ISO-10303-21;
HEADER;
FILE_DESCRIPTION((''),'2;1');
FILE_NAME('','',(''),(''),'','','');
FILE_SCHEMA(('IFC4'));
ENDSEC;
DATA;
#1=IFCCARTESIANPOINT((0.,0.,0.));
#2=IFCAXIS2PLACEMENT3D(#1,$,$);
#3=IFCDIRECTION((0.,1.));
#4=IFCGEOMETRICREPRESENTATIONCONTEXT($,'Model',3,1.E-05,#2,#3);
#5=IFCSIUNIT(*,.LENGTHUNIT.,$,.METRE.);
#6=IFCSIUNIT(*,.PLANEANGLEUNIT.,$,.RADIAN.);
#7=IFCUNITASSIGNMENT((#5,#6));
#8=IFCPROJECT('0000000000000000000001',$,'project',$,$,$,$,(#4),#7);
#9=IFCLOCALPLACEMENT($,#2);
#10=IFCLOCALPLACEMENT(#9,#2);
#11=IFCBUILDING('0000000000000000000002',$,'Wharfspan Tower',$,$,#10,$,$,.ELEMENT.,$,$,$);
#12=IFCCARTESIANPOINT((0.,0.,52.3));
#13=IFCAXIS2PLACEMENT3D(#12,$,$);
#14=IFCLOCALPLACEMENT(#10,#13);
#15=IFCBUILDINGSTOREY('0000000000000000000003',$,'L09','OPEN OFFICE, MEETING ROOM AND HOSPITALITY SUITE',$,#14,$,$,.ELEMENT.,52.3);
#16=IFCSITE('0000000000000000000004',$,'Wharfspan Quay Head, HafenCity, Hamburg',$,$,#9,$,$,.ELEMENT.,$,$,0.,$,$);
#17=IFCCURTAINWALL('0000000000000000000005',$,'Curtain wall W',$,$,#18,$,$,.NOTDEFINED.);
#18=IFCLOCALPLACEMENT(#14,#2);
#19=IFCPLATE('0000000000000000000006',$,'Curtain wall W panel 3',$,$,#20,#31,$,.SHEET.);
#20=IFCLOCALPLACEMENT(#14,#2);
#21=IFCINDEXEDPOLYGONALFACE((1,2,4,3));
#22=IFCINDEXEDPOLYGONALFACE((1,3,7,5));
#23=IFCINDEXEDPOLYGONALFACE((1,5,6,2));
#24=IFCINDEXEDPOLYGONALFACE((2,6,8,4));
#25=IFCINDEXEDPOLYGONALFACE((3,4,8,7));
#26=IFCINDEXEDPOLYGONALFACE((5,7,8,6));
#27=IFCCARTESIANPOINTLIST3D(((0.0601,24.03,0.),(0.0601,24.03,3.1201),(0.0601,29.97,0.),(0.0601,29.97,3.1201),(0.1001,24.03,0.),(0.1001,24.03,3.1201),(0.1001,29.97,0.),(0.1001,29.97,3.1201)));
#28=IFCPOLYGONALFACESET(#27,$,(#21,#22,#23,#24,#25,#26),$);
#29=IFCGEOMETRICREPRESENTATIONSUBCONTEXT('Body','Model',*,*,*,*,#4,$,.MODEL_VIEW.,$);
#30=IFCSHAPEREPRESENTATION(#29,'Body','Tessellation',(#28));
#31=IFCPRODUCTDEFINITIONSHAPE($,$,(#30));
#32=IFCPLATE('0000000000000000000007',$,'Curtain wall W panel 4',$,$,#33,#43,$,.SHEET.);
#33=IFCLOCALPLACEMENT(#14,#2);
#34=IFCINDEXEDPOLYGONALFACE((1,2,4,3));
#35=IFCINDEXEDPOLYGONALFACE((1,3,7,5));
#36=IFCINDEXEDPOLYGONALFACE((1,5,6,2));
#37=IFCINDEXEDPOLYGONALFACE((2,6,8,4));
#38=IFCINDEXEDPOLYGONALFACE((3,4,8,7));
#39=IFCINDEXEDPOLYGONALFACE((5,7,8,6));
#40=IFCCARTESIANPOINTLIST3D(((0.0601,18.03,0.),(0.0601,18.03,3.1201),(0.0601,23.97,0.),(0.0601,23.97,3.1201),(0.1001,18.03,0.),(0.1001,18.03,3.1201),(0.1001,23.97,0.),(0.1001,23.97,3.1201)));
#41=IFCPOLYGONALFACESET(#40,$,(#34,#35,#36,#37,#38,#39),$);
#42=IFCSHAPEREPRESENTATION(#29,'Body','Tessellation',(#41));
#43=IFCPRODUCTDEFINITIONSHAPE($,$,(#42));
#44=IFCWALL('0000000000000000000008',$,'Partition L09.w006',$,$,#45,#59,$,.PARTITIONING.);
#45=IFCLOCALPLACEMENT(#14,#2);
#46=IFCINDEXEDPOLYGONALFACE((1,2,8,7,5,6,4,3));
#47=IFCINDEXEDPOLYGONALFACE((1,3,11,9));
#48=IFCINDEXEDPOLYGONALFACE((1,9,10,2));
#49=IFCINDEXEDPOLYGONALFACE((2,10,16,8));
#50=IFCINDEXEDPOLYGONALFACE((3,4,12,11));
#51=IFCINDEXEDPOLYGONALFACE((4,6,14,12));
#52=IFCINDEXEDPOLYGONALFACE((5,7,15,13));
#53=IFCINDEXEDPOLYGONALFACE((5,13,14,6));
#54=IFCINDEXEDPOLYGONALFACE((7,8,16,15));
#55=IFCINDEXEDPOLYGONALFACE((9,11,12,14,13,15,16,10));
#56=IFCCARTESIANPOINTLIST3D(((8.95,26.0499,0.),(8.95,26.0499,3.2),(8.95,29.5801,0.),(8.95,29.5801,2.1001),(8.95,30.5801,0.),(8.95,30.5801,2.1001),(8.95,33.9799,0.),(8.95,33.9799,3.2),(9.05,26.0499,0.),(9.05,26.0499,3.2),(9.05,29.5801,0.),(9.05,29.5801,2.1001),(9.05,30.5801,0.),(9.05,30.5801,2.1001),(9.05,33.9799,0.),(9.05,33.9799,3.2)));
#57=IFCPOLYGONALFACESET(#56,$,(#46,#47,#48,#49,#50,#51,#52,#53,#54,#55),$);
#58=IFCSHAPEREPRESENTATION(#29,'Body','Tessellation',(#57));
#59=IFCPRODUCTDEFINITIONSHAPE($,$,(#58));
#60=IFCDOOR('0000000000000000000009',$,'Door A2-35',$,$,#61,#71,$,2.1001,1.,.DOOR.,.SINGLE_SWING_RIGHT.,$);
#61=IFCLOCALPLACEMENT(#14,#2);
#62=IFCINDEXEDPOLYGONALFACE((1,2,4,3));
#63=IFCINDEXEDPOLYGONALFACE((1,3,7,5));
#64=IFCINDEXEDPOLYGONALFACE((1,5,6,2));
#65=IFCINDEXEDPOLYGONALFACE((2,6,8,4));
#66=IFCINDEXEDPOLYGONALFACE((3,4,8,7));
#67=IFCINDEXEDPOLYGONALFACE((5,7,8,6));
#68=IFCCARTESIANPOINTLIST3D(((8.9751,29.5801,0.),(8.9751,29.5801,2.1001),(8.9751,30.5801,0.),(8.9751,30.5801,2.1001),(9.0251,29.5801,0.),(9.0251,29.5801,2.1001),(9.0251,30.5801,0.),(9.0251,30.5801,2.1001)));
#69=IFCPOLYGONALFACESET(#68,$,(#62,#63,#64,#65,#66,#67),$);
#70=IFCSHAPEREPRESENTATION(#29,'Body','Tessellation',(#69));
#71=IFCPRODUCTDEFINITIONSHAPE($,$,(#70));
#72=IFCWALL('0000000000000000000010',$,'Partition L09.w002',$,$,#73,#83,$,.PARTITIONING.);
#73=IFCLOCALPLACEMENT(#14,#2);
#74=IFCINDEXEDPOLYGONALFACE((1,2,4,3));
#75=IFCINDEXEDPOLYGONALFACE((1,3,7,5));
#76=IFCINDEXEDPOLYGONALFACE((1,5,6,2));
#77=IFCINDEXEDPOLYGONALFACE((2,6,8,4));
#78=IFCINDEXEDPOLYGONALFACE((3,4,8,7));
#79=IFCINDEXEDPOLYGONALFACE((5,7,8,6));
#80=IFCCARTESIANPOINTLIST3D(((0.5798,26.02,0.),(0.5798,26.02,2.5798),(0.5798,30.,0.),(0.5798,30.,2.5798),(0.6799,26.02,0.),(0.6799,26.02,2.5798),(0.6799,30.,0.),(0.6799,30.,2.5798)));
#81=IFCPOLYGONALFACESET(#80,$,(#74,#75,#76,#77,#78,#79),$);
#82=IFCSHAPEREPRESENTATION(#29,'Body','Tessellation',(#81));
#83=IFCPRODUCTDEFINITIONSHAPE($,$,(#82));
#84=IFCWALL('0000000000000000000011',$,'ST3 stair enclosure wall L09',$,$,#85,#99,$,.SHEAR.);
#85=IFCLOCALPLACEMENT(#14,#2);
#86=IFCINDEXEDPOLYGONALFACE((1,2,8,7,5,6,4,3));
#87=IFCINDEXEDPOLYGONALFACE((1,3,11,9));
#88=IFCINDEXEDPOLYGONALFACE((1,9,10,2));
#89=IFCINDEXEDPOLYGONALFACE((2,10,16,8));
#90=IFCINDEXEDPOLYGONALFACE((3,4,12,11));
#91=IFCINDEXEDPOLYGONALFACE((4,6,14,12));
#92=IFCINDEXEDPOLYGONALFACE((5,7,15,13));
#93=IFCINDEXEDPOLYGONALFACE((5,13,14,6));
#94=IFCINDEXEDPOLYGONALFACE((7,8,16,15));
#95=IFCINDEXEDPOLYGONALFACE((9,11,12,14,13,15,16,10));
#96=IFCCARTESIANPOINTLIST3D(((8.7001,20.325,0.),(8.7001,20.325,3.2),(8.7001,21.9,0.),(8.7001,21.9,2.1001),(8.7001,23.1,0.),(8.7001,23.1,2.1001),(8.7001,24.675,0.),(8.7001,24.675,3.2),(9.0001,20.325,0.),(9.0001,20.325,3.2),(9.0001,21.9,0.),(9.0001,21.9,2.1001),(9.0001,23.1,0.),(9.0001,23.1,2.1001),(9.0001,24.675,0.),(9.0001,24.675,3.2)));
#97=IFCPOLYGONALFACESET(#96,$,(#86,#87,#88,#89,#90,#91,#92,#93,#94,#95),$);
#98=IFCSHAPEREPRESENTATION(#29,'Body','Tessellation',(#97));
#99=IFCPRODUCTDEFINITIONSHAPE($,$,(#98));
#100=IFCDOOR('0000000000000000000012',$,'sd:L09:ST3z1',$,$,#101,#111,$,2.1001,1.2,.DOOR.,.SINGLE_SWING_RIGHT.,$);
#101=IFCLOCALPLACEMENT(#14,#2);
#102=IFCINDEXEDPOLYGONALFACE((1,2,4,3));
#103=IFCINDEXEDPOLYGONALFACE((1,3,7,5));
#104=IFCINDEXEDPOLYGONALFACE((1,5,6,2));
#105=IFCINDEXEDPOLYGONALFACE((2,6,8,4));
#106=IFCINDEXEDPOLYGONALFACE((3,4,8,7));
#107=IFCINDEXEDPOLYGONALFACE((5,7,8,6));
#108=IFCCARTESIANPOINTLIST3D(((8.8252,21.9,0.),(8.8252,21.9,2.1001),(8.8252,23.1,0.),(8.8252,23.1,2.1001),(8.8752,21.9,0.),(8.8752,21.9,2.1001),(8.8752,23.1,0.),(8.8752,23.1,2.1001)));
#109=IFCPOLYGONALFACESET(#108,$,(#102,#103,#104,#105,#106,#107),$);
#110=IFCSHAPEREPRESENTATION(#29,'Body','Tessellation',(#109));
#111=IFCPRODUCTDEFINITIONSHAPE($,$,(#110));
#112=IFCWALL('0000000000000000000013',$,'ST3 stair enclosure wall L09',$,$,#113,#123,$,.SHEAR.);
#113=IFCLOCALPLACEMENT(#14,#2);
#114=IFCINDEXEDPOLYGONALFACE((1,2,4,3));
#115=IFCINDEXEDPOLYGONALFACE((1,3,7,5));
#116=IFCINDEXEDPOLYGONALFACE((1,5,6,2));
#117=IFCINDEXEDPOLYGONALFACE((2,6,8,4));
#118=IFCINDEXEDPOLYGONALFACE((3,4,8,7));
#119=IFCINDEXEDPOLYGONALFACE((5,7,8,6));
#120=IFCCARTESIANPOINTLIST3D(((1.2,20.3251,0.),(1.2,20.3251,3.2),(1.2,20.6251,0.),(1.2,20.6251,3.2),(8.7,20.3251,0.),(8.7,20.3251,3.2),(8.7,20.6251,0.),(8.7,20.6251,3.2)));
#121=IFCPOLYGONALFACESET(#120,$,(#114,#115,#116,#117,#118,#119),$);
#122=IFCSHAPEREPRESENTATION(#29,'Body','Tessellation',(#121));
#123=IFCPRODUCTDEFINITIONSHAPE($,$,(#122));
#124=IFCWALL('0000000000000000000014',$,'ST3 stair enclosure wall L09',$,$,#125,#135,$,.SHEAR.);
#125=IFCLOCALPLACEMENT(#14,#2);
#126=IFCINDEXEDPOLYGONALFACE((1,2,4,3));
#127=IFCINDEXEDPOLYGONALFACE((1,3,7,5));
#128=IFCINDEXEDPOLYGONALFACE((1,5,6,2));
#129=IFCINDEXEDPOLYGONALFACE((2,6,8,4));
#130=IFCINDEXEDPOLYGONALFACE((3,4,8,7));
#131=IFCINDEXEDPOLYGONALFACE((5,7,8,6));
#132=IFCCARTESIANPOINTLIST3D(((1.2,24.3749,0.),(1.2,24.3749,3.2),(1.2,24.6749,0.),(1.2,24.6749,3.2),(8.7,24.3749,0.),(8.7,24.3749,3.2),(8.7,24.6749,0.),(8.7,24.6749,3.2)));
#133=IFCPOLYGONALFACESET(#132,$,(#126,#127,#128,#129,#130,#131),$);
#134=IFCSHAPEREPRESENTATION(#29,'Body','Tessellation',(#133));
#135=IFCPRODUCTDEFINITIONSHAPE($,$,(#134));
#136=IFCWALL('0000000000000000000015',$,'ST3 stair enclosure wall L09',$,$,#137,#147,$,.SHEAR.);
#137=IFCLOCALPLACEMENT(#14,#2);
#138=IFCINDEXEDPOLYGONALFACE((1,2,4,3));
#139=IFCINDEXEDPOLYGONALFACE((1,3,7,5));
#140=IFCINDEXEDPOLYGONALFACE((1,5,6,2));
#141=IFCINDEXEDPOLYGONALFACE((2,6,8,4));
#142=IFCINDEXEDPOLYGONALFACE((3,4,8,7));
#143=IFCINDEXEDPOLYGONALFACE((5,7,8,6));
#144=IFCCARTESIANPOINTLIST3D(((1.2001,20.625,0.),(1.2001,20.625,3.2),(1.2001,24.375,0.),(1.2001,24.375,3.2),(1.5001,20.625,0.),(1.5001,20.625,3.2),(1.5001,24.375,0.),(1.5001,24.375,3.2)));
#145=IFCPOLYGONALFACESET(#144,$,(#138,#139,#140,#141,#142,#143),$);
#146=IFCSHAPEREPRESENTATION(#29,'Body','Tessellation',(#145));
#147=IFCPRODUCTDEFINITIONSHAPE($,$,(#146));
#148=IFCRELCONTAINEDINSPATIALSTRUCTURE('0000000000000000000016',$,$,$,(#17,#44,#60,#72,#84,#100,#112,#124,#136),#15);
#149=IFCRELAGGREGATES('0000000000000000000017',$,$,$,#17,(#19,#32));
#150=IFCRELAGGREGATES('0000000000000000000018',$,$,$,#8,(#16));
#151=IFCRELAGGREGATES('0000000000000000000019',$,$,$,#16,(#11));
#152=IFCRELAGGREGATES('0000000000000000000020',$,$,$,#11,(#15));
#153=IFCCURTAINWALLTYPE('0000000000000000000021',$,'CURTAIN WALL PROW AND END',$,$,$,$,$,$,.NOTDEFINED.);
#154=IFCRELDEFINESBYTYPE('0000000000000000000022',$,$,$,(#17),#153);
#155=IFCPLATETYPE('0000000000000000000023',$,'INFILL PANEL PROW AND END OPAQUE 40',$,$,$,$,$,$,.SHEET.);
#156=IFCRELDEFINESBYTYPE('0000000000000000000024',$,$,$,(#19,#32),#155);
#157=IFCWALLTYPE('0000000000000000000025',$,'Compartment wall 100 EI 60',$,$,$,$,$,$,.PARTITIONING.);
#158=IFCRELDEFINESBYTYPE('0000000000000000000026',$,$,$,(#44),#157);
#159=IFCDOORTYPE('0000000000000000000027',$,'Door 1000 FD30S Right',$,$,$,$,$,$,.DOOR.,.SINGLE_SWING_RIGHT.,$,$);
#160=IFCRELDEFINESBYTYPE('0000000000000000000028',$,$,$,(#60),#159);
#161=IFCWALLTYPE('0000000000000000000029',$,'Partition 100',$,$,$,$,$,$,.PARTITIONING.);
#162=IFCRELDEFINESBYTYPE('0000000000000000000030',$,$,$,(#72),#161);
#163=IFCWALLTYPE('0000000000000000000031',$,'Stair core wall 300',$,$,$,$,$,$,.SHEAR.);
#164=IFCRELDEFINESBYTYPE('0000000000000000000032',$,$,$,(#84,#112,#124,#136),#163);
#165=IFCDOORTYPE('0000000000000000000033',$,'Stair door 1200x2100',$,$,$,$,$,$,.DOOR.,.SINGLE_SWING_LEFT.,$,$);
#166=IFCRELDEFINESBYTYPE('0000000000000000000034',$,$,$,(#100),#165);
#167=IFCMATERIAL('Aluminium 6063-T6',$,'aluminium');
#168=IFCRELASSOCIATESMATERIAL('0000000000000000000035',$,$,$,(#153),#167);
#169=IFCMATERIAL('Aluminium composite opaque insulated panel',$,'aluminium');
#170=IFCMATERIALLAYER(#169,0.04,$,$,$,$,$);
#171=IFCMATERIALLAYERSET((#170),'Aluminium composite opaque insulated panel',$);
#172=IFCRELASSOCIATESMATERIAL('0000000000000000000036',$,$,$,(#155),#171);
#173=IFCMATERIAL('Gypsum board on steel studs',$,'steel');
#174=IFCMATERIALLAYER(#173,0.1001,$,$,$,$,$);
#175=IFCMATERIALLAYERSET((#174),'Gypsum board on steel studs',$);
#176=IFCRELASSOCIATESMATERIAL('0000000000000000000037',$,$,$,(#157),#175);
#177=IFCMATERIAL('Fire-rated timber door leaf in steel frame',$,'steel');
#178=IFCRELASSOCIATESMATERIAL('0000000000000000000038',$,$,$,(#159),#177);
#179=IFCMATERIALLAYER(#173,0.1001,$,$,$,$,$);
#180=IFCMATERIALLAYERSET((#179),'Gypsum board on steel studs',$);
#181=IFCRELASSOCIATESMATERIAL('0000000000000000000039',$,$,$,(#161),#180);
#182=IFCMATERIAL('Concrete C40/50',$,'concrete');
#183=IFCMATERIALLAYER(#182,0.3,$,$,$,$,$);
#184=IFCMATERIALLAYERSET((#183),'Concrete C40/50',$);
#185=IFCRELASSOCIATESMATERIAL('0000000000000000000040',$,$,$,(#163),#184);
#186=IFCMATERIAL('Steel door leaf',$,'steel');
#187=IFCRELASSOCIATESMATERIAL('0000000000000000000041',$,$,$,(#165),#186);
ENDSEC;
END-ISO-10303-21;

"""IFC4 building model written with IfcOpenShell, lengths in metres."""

from ifc_helpers import new_model, si_unit, direction, frame, frame_2d, origin, origin_2d, place, context, subcontext, project, spatial, rectangle, extrude, material, layer, layer_set, type_object, element, fill, aggregate, save


model = new_model("IFC4")

# Units and contexts
model_context = context("Model", 3, precision=1e-05, world=origin(), true_north=direction((0.0, 1.0)))
body_context = subcontext(model_context, "Body", "Model", "MODEL_VIEW")
ifc_project = project(units=[si_unit("LENGTHUNIT", "METRE"), si_unit("PLANEANGLEUNIT", "RADIAN")], contexts=[model_context])

# Site, building, storey
site_placement = place(None, origin())
site = spatial("IfcSite", under=ifc_project, at=site_placement, Name="Wharfspan Quay Head, HafenCity, Hamburg", CompositionType="ELEMENT", RefElevation=0.0)
building_placement = place(site_placement, origin())
building = spatial("IfcBuilding", under=site, at=building_placement, Name="Wharfspan Tower", CompositionType="ELEMENT")
storey_placement = place(building_placement, frame((0.0, 0.0, 52.3)))
storey = spatial("IfcBuildingStorey", under=building, at=storey_placement, Name="L09", Description="OPEN OFFICE, MEETING ROOM AND HOSPITALITY SUITE", CompositionType="ELEMENT", Elevation=52.3)

# Curtain wall
ifc_material_1 = material(Name="Aluminium 6063-T6", Category="aluminium")
curtain_wall_type = type_object("IfcCurtainWallType", Name="CURTAIN WALL PROW AND END", PredefinedType="NOTDEFINED", material=ifc_material_1)
curtain_wall_placement = place(storey_placement, origin())
curtain_wall = element("IfcCurtainWall", 1, at=curtain_wall_placement, inside=storey, type_object=curtain_wall_type, Name="Curtain wall W", PredefinedType="NOTDEFINED")

# Plates
ifc_material_2 = material(Name="Aluminium composite opaque insulated panel", Category="aluminium")
ifc_layer_1 = layer(ifc_material_2, 0.04)
ifc_layer_set_1 = layer_set([ifc_layer_1], Name="Aluminium composite opaque insulated panel")
plate_type = type_object("IfcPlateType", Name="INFILL PANEL PROW AND END OPAQUE 40", PredefinedType="SHEET", material=ifc_layer_set_1)
plate_1_placement = place(storey_placement, frame((0.0801, 27.0, 0.0), z_axis=(0.0, 0.0, 1.0), x_axis=(0.0, -1.0, 0.0)))
plate_1 = element("IfcPlate", 2, at=plate_1_placement, type_object=plate_type, Name="Curtain wall W panel 3", PredefinedType="SHEET", context=body_context, shape_type="SweptSolid", body=[
    extrude(rectangle(XDim=5.9399, YDim=0.04, at=origin_2d()), origin(), (0.0, 0.0, 1.0), 3.1201),
])
plate_2_placement = place(storey_placement, frame((0.0801, 21.0, 0.0), z_axis=(0.0, 0.0, 1.0), x_axis=(0.0, -1.0, 0.0)))
plate_2 = element("IfcPlate", 3, at=plate_2_placement, type_object=plate_type, Name="Curtain wall W panel 4", PredefinedType="SHEET", context=body_context, shape_type="SweptSolid", body=[
    extrude(rectangle(XDim=5.9399, YDim=0.04, at=origin_2d()), origin(), (0.0, 0.0, 1.0), 3.1201),
])
aggregate(curtain_wall, [plate_1, plate_2])

# Wall, opening, door
ifc_material_3 = material(Name="Gypsum board on steel studs", Category="steel")
ifc_layer_2 = layer(ifc_material_3, 0.1001)
ifc_layer_set_2 = layer_set([ifc_layer_2], Name="Gypsum board on steel studs")
wall_type_1 = type_object("IfcWallType", Name="Compartment wall 100 EI 60", PredefinedType="PARTITIONING", material=ifc_layer_set_2)
wall_1_placement = place(storey_placement, frame((9.0, 26.05, 0.0), z_axis=(0.0, 0.0, 1.0), x_axis=(0.0, 1.0, 0.0)))
wall_1 = element("IfcWall", 4, at=wall_1_placement, inside=storey, type_object=wall_type_1, Name="Partition L09.w006", PredefinedType="PARTITIONING", context=body_context, shape_type="SweptSolid", body=[
    extrude(rectangle(XDim=7.9299, YDim=0.1001, at=frame_2d((3.9648, 0.0))), origin(), (0.0, 0.0, 1.0), 3.2),
])
opening_1_placement = place(wall_1_placement, frame((3.53, 0.0, 0.0)))
opening_1 = element("IfcOpeningElement", 5, at=opening_1_placement, cuts=wall_1, PredefinedType="OPENING", context=body_context, shape_type="SweptSolid", body=[
    extrude(rectangle(XDim=1.0, YDim=2.1001, at=frame_2d((0.5, 1.05))), frame((0.0, 0.0601, 0.0), z_axis=(0.0, -1.0, 0.0), x_axis=(1.0, 0.0, 0.0)), (0.0, 0.0, 1.0), 0.1201),
])
ifc_material_4 = material(Name="Fire-rated timber door leaf in steel frame", Category="steel")
door_type_1 = type_object("IfcDoorType", Name="Door 1000 FD30S Right", OperationType="SINGLE_SWING_RIGHT", PredefinedType="DOOR", material=ifc_material_4)
door_1_placement = place(opening_1_placement, origin())
door_1 = element("IfcDoor", 6, at=door_1_placement, inside=storey, type_object=door_type_1, Name="Door A2-35", OperationType="SINGLE_SWING_RIGHT", OverallHeight=2.1001, OverallWidth=1.0, PredefinedType="DOOR", context=body_context, shape_type="SweptSolid", body=[
    extrude(rectangle(XDim=1.0, YDim=2.1001, at=frame_2d((0.5, 1.05))), frame((0.0, 0.0249, 0.0), z_axis=(0.0, -1.0, 0.0), x_axis=(1.0, 0.0, 0.0)), (0.0, 0.0, 1.0), 0.05),
])
fill(opening_1, door_1)

# Wall
ifc_layer_3 = layer(ifc_material_3, 0.1001)
ifc_layer_set_3 = layer_set([ifc_layer_3], Name="Gypsum board on steel studs")
wall_type_2 = type_object("IfcWallType", Name="Partition 100", PredefinedType="PARTITIONING", material=ifc_layer_set_3)
wall_2_placement = place(storey_placement, frame((0.6299, 26.02, 0.0), z_axis=(0.0, 0.0, 1.0), x_axis=(0.0, 1.0, 0.0)))
element("IfcWall", 7, at=wall_2_placement, inside=storey, type_object=wall_type_2, Name="Partition L09.w002", PredefinedType="PARTITIONING", context=body_context, shape_type="SweptSolid", body=[
    extrude(rectangle(XDim=3.98, YDim=0.1001, at=frame_2d((1.99, 0.0))), origin(), (0.0, 0.0, 1.0), 2.5798),
])

# Wall, opening, door
ifc_material_5 = material(Name="Concrete C40/50", Category="concrete")
ifc_layer_4 = layer(ifc_material_5, 0.3)
ifc_layer_set_4 = layer_set([ifc_layer_4], Name="Concrete C40/50")
wall_type_3 = type_object("IfcWallType", Name="Stair core wall 300", PredefinedType="SHEAR", material=ifc_layer_set_4)
wall_3_placement = place(storey_placement, frame((8.8501, 20.325, 0.0), z_axis=(0.0, 0.0, 1.0), x_axis=(0.0, 1.0, 0.0)))
wall_3 = element("IfcWall", 8, at=wall_3_placement, inside=storey, type_object=wall_type_3, Name="ST3 stair enclosure wall L09", PredefinedType="SHEAR", context=body_context, shape_type="SweptSolid", body=[
    extrude(rectangle(XDim=4.3501, YDim=0.3, at=frame_2d((2.175, 0.0))), origin(), (0.0, 0.0, 1.0), 3.2),
])
opening_2_placement = place(wall_3_placement, frame((1.575, 0.0, 0.0)))
opening_2 = element("IfcOpeningElement", 9, at=opening_2_placement, cuts=wall_3, PredefinedType="OPENING", context=body_context, shape_type="SweptSolid", body=[
    extrude(rectangle(XDim=1.2, YDim=2.1001, at=frame_2d((0.6001, 1.05))), frame((0.0, 0.1599, 0.0), z_axis=(0.0, -1.0, 0.0), x_axis=(1.0, 0.0, 0.0)), (0.0, 0.0, 1.0), 0.3201),
])
ifc_material_6 = material(Name="Steel door leaf", Category="steel")
door_type_2 = type_object("IfcDoorType", Name="Stair door 1200x2100", OperationType="SINGLE_SWING_LEFT", PredefinedType="DOOR", material=ifc_material_6)
door_2_placement = place(opening_2_placement, origin())
door_2 = element("IfcDoor", 10, at=door_2_placement, inside=storey, type_object=door_type_2, Name="sd:L09:ST3z1", OperationType="SINGLE_SWING_RIGHT", OverallHeight=2.1001, OverallWidth=1.2, PredefinedType="DOOR", context=body_context, shape_type="SweptSolid", body=[
    extrude(rectangle(XDim=1.2, YDim=2.1001, at=frame_2d((0.6001, 1.05))), frame((0.0, 0.0249, 0.0), z_axis=(0.0, -1.0, 0.0), x_axis=(1.0, 0.0, 0.0)), (0.0, 0.0, 1.0), 0.05),
])
fill(opening_2, door_2)

# Walls
for number, where, z_axis, x_axis, name in (
    (11, (1.2, 20.4751, 0.0), (0.0, 0.0, 1.0), (1.0, 0.0, 0.0), "ST3 stair enclosure wall L09"),
    (12, (1.2, 24.5249, 0.0), (0.0, 0.0, 1.0), (1.0, 0.0, 0.0), "ST3 stair enclosure wall L09"),
):
    element("IfcWall", number, at=place(storey_placement, frame(where, z_axis=z_axis, x_axis=x_axis)), inside=storey, type_object=wall_type_3, Name=name, PredefinedType="SHEAR", context=body_context, shape_type="SweptSolid", body=[
        extrude(rectangle(XDim=7.5, YDim=0.3, at=frame_2d((3.75, 0.0))), origin(), (0.0, 0.0, 1.0), 3.2),
    ])
wall_4_placement = place(storey_placement, frame((1.3501, 20.625, 0.0), z_axis=(0.0, 0.0, 1.0), x_axis=(0.0, 1.0, 0.0)))
element("IfcWall", 13, at=wall_4_placement, inside=storey, type_object=wall_type_3, Name="ST3 stair enclosure wall L09", PredefinedType="SHEAR", context=body_context, shape_type="SweptSolid", body=[
    extrude(rectangle(XDim=3.75, YDim=0.3, at=frame_2d((1.875, 0.0))), origin(), (0.0, 0.0, 1.0), 3.2),
])

save(model, "model.ifc")
